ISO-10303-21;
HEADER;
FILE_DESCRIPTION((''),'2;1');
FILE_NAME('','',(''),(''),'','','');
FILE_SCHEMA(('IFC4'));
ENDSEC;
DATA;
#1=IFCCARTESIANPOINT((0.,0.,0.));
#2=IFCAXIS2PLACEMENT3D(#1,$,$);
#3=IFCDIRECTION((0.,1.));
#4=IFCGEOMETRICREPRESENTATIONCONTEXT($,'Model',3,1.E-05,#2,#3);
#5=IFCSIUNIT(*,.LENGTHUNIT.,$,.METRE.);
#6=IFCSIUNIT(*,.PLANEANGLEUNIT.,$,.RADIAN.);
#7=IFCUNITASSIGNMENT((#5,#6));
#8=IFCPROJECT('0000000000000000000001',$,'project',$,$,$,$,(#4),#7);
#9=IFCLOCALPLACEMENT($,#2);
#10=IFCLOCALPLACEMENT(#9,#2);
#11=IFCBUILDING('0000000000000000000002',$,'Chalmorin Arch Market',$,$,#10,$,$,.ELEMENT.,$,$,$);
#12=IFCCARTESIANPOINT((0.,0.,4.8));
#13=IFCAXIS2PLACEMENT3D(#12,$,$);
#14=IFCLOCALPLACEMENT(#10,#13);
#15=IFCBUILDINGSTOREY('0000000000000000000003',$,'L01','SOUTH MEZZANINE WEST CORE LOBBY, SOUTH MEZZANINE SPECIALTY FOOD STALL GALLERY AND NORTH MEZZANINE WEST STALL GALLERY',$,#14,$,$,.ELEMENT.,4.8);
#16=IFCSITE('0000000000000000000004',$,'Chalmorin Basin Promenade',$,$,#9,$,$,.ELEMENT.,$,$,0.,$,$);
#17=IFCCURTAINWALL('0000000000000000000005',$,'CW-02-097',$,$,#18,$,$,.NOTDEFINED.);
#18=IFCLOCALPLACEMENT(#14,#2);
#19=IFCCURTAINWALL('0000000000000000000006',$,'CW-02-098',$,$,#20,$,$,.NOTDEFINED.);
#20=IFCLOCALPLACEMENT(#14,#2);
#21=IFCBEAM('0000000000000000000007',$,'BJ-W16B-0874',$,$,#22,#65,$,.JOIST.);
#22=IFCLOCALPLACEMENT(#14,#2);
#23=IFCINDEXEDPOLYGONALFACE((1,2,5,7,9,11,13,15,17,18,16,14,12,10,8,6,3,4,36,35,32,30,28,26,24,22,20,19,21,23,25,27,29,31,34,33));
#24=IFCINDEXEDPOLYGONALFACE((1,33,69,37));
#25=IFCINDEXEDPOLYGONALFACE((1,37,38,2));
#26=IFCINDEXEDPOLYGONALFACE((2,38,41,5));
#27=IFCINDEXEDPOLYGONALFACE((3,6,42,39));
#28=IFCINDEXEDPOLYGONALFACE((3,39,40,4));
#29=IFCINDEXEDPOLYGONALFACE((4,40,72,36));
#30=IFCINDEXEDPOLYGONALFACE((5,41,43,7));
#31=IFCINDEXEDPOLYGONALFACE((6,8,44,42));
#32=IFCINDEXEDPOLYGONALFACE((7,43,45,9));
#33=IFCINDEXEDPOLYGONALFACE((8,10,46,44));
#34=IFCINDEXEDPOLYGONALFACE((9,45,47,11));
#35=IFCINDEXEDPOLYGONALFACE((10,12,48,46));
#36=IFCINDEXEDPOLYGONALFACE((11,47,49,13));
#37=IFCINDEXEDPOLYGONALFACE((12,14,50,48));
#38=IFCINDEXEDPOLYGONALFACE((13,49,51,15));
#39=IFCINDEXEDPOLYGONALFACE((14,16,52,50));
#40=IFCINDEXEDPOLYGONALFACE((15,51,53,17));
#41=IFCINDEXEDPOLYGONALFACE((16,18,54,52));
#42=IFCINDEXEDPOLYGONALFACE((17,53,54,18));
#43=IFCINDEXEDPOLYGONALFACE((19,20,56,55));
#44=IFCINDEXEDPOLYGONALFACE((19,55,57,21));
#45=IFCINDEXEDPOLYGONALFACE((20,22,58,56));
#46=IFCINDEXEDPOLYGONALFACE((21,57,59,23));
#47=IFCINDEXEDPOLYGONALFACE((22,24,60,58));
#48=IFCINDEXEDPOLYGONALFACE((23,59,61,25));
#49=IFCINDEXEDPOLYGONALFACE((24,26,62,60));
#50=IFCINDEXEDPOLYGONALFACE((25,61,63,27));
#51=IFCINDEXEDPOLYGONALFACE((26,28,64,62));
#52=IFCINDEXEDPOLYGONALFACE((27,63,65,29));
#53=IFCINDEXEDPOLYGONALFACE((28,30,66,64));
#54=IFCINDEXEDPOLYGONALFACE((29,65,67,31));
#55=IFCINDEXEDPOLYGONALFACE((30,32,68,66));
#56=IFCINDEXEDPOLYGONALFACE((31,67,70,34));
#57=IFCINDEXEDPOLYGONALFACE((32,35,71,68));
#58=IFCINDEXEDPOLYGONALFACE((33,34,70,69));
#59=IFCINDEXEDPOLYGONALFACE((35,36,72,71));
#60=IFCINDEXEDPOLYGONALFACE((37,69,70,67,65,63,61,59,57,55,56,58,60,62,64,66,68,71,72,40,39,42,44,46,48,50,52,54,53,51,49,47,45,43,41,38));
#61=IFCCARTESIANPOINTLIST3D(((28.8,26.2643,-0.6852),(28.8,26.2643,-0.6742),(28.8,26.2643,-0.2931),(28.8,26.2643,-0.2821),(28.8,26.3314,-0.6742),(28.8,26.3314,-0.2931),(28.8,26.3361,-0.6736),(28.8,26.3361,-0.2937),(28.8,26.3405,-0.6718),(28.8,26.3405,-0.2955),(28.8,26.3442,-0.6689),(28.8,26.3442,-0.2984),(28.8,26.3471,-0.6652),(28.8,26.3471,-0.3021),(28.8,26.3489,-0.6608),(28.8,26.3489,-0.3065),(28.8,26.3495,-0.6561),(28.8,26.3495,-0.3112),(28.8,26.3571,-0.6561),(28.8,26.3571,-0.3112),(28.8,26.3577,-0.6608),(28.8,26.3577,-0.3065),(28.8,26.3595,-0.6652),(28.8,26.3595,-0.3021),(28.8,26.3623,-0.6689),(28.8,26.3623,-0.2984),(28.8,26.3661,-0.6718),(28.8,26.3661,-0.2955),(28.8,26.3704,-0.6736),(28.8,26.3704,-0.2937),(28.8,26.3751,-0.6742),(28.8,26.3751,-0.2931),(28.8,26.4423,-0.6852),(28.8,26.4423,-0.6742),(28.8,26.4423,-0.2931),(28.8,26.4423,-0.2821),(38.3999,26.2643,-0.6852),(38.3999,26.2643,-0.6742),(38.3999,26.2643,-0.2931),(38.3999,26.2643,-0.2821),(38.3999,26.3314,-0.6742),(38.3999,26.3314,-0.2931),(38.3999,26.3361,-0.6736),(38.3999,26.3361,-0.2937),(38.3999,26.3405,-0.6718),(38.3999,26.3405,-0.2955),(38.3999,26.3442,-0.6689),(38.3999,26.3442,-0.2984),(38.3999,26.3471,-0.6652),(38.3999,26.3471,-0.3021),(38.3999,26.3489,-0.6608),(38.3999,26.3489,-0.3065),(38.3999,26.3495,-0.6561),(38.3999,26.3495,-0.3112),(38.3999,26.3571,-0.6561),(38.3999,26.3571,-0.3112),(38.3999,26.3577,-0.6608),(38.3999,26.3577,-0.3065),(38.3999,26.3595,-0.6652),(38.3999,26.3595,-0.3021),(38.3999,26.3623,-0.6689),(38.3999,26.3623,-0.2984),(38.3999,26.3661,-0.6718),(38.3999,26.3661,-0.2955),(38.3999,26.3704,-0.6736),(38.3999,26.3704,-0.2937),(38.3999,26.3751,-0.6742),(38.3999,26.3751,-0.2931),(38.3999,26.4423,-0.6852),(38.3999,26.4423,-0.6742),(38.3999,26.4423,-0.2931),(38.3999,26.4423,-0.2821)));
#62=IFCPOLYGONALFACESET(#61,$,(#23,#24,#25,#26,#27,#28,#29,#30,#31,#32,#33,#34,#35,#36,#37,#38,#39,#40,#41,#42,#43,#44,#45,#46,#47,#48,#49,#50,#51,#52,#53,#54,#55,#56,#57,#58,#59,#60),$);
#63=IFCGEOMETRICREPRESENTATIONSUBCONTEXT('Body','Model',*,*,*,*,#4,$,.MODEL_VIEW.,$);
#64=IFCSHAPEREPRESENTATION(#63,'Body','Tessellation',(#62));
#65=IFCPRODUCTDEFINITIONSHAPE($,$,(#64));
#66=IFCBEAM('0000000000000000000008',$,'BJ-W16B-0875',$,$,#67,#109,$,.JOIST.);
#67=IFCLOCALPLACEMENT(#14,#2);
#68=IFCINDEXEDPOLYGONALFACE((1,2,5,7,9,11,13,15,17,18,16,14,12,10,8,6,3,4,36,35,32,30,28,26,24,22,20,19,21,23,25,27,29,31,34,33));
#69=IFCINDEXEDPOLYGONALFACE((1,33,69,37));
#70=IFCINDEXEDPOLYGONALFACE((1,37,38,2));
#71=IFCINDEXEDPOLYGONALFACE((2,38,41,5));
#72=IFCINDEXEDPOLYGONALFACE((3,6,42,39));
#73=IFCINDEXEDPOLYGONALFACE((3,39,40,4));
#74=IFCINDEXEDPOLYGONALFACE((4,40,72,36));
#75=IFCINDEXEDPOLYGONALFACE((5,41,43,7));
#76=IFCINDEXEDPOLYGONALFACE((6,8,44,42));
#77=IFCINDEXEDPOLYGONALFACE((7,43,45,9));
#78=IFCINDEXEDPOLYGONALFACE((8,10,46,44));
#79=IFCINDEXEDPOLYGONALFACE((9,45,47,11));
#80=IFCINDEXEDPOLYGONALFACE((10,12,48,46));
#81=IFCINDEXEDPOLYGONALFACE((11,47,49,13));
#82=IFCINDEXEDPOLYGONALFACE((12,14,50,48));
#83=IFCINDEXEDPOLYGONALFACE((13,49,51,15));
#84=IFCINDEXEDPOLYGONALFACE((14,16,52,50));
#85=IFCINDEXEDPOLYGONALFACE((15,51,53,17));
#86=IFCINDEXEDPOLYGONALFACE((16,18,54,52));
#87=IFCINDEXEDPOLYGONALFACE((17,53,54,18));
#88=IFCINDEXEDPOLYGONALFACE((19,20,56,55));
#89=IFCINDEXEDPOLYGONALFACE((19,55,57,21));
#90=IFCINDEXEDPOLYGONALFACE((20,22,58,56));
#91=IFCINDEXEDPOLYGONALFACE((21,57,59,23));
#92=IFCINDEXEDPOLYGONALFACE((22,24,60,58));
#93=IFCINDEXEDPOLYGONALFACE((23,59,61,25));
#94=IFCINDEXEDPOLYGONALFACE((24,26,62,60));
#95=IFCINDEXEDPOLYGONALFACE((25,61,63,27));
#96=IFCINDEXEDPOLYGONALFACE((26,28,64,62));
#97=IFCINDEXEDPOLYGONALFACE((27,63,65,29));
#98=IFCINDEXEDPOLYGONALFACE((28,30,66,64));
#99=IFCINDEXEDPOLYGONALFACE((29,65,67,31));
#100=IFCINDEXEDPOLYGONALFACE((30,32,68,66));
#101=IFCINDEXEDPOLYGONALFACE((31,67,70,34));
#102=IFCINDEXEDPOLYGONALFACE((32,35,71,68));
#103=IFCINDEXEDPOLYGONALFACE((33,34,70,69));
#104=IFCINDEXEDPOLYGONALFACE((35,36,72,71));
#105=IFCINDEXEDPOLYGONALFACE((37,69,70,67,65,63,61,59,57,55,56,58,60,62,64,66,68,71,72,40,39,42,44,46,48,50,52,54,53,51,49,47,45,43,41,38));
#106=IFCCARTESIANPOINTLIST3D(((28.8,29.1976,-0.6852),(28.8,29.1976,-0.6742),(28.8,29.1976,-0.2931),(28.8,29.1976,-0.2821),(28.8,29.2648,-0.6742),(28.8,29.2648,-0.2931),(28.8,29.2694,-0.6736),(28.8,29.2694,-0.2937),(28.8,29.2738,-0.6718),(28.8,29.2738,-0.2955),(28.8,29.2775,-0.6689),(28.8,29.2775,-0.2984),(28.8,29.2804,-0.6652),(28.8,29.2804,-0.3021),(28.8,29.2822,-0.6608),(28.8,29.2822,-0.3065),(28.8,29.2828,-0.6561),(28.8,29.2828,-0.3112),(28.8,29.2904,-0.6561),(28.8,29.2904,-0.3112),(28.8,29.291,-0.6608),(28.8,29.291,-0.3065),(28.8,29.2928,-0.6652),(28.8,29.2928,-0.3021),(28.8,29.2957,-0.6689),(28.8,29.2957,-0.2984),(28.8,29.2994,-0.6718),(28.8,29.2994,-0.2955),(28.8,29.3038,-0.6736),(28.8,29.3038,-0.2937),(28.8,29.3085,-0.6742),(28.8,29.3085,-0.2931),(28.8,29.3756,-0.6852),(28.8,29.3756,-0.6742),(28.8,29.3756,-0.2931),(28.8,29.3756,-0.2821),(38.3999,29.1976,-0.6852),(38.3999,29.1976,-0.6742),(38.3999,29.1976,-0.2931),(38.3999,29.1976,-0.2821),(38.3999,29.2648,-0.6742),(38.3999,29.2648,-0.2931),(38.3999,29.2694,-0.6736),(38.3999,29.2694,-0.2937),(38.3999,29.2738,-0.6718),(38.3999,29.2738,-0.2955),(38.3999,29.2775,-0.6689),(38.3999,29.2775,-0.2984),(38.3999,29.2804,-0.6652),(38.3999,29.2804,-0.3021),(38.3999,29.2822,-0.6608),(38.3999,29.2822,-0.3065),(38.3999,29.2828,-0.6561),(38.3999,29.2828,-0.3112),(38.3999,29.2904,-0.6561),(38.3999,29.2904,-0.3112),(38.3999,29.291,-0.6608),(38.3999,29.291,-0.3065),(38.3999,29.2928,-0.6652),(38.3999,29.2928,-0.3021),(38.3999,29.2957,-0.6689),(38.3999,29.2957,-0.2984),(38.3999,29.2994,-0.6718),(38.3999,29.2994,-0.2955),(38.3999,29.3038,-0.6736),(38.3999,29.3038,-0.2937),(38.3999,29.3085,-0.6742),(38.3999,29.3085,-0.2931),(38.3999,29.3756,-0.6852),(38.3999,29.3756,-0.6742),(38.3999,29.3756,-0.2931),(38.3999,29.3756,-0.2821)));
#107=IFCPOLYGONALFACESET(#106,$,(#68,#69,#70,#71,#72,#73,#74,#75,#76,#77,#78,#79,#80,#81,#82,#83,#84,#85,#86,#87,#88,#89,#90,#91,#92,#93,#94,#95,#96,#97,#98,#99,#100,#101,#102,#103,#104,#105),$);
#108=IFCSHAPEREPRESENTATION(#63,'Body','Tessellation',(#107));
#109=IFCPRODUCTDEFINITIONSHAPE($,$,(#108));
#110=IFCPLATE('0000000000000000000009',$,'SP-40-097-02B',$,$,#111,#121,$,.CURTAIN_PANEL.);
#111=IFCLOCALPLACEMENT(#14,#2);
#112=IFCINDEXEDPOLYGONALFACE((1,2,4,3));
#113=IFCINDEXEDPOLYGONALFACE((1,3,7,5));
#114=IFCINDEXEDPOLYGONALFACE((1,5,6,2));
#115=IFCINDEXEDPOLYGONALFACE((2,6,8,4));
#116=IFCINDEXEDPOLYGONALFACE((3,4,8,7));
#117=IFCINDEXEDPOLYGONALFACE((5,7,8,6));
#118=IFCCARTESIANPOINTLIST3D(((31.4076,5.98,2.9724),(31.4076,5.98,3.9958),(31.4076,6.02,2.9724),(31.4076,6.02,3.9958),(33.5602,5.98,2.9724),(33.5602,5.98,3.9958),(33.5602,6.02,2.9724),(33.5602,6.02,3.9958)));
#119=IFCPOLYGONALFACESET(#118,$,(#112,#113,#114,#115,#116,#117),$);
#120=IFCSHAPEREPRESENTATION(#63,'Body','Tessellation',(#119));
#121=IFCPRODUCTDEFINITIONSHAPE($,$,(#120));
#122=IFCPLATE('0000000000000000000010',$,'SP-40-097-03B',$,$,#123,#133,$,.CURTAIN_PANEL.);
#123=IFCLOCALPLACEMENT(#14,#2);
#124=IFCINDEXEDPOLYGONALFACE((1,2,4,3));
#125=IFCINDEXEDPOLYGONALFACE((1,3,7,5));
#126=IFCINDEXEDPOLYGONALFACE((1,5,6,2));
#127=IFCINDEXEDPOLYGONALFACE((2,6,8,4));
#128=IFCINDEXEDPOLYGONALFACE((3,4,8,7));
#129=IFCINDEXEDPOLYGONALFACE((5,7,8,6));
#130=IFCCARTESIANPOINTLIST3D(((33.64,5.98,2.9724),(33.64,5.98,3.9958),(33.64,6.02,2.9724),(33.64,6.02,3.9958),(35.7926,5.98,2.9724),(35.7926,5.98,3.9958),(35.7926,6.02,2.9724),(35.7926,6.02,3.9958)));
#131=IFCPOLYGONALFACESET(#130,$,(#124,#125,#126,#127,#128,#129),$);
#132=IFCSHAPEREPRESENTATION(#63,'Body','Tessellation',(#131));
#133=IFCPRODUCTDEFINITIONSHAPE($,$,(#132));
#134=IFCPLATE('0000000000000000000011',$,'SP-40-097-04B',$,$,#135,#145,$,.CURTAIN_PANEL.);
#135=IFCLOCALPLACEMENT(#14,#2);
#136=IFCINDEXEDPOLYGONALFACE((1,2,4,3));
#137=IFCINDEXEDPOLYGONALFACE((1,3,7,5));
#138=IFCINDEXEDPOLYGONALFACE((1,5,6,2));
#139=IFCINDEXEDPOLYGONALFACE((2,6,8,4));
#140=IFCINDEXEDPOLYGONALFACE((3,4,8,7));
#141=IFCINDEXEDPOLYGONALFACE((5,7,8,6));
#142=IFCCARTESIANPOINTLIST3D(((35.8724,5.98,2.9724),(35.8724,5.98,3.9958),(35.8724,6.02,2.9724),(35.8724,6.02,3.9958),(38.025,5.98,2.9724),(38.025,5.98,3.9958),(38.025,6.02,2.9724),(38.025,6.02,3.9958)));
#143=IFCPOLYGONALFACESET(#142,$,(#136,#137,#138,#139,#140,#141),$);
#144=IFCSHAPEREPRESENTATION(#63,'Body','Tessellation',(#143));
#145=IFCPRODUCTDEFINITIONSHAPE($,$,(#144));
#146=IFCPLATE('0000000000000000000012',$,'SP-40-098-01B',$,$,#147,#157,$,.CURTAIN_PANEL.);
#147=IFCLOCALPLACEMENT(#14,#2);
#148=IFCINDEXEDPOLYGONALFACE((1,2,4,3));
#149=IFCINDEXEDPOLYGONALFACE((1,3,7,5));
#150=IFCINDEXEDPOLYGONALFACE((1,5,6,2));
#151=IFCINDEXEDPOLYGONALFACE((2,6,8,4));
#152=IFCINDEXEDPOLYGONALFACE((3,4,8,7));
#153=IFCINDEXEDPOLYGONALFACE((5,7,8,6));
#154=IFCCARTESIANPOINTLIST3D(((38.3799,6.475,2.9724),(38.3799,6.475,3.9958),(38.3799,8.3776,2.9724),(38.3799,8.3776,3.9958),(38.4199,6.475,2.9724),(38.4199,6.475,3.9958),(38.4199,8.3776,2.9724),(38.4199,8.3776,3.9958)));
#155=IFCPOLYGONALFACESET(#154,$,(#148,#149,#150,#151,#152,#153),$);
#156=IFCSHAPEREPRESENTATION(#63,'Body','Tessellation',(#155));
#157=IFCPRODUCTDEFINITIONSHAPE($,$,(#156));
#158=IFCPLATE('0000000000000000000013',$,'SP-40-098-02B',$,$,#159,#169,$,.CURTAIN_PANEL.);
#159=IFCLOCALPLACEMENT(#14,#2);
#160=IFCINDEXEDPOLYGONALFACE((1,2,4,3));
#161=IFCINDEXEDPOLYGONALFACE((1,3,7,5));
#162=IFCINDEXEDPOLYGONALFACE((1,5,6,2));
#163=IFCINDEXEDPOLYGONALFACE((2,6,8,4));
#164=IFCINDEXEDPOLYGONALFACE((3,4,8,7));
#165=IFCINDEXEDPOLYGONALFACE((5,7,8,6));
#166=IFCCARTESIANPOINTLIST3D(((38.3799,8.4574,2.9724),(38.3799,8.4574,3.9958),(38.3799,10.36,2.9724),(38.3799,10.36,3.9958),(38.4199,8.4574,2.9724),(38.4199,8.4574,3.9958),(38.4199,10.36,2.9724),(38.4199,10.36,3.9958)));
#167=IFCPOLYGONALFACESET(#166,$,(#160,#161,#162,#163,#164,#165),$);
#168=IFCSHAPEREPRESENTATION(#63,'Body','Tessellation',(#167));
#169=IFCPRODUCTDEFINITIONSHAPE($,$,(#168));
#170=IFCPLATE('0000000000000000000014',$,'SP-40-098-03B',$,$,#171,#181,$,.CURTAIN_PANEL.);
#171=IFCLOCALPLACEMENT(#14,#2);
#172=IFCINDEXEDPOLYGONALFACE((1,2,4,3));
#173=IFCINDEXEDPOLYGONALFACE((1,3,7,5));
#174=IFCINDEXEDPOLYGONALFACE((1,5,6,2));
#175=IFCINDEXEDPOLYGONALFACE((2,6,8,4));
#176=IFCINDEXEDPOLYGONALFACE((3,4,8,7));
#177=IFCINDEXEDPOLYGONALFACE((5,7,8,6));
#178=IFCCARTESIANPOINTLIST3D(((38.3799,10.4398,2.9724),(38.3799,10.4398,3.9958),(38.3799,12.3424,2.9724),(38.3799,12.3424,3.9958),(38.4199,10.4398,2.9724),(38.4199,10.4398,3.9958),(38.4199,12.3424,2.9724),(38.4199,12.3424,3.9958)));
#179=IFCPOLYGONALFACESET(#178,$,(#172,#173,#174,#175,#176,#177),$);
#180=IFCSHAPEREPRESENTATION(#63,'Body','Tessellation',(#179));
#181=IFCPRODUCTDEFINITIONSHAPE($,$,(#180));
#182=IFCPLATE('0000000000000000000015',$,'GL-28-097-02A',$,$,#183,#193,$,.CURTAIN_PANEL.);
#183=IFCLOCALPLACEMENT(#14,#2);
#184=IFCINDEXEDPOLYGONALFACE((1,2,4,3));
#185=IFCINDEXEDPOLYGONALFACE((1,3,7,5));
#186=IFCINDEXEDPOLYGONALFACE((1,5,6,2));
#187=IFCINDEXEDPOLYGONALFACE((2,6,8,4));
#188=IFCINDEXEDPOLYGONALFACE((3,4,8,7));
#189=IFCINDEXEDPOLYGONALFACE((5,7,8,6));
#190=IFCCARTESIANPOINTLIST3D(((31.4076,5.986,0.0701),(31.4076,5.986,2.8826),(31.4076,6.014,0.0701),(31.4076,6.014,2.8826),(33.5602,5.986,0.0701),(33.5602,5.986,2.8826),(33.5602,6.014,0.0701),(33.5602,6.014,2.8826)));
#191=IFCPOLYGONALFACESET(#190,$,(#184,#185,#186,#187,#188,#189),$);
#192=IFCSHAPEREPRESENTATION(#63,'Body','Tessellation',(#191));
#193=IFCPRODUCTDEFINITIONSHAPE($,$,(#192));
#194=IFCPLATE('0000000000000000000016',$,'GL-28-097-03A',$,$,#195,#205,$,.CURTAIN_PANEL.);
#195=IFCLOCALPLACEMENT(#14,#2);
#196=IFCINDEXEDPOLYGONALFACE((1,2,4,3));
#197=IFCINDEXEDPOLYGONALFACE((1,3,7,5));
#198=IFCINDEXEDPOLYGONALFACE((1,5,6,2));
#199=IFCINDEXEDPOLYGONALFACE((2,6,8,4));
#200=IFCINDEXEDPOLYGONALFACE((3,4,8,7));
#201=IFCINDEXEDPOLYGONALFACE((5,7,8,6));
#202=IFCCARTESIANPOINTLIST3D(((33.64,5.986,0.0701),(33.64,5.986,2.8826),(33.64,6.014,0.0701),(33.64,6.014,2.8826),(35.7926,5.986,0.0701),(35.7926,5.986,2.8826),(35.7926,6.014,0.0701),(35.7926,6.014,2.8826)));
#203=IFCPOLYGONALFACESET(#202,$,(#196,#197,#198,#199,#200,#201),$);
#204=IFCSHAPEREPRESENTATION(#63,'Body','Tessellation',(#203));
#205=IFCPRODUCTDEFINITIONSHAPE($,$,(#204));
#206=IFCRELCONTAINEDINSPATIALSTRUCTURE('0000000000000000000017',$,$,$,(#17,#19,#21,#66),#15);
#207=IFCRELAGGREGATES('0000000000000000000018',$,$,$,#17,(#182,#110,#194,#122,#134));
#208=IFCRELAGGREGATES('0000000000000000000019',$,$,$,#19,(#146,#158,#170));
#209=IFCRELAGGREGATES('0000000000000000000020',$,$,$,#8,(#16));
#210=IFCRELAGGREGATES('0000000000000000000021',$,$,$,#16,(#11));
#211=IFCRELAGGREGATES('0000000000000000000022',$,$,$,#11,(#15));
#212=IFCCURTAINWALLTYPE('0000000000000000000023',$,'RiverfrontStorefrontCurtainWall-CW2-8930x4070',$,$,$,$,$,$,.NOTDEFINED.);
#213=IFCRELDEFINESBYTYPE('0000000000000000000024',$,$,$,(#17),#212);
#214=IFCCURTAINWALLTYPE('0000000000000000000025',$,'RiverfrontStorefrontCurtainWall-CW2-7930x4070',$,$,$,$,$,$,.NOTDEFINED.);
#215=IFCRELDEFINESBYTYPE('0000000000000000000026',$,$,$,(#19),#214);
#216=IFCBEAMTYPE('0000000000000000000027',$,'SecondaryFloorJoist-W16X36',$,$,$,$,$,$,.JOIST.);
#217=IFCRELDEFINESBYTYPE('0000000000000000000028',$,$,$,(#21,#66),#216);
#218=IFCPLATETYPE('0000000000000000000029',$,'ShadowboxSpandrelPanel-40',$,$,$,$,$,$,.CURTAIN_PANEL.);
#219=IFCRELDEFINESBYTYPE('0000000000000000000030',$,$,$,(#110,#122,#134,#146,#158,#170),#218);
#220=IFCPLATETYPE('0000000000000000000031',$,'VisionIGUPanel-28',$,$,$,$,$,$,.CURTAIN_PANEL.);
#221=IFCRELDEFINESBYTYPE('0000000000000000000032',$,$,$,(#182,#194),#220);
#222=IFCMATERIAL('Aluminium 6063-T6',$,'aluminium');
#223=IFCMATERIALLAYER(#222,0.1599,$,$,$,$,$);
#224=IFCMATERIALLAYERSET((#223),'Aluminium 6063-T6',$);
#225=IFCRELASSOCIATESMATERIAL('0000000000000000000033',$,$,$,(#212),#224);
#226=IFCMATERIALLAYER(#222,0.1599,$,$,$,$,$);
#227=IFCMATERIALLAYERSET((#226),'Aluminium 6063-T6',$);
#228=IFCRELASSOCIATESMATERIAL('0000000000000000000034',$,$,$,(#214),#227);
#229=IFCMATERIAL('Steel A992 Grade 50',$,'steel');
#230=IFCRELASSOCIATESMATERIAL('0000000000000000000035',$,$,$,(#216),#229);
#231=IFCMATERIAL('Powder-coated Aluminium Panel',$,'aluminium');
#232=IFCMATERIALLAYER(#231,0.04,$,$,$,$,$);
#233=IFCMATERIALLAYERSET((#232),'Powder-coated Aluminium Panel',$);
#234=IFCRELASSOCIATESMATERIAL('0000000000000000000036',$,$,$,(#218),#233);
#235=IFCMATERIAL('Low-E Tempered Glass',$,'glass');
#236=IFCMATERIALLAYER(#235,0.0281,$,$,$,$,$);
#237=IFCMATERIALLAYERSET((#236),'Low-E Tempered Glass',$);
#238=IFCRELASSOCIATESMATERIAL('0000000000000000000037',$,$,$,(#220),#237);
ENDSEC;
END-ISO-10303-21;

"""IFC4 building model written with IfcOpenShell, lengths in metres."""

from ifc_helpers import new_model, si_unit, direction, frame, origin, origin_2d, place, context, subcontext, project, spatial, rectangle, i_section, extrude, material, layer, layer_set, material_profile, profile_set, type_object, element, aggregate, save


model = new_model("IFC4")

# Units and contexts
model_context = context("Model", 3, precision=1e-05, world=origin(), true_north=direction((0.0, 1.0)))
body_context = subcontext(model_context, "Body", "Model", "MODEL_VIEW")
ifc_project = project(units=[si_unit("LENGTHUNIT", "METRE"), si_unit("PLANEANGLEUNIT", "RADIAN")], contexts=[model_context])

# Site, building, storey
site_placement = place(None, origin())
site = spatial("IfcSite", under=ifc_project, at=site_placement, Name="Chalmorin Basin Promenade", CompositionType="ELEMENT", RefElevation=0.0)
building_placement = place(site_placement, origin())
building = spatial("IfcBuilding", under=site, at=building_placement, Name="Chalmorin Arch Market", CompositionType="ELEMENT")
storey_placement = place(building_placement, frame((0.0, 0.0, 4.8)))
storey = spatial("IfcBuildingStorey", under=building, at=storey_placement, Name="L01", Description="SOUTH MEZZANINE WEST CORE LOBBY, SOUTH MEZZANINE SPECIALTY FOOD STALL GALLERY AND NORTH MEZZANINE WEST STALL GALLERY", CompositionType="ELEMENT", Elevation=4.8)

# Shared definitions
ifc_material_1 = material(Name="Steel A992 Grade 50", Category="steel")

# Curtain walls
ifc_material_2 = material(Name="Aluminium 6063-T6", Category="aluminium")
ifc_layer_1 = layer(ifc_material_2, 0.1599)
ifc_layer_set_1 = layer_set([ifc_layer_1], Name="Aluminium 6063-T6")
curtain_wall_type_1 = type_object("IfcCurtainWallType", Name="RiverfrontStorefrontCurtainWall-CW2-8930x4070", PredefinedType="NOTDEFINED", material=ifc_layer_set_1)
curtain_wall_1_placement = place(storey_placement, origin())
curtain_wall_1 = element("IfcCurtainWall", 1, at=curtain_wall_1_placement, inside=storey, type_object=curtain_wall_type_1, Name="CW-02-097", PredefinedType="NOTDEFINED")
ifc_layer_2 = layer(ifc_material_2, 0.1599)
ifc_layer_set_2 = layer_set([ifc_layer_2], Name="Aluminium 6063-T6")
curtain_wall_type_2 = type_object("IfcCurtainWallType", Name="RiverfrontStorefrontCurtainWall-CW2-7930x4070", PredefinedType="NOTDEFINED", material=ifc_layer_set_2)
curtain_wall_2_placement = place(storey_placement, origin())
curtain_wall_2 = element("IfcCurtainWall", 2, at=curtain_wall_2_placement, inside=storey, type_object=curtain_wall_type_2, Name="CW-02-098", PredefinedType="NOTDEFINED")

# Beams
ifc_material_profile_1 = material_profile(ifc_material_1, i_section(OverallWidth=0.178, OverallDepth=0.4031, WebThickness=0.0076, FlangeThickness=0.011, FilletRadius=0.0181, at=origin_2d()), Name="W16X36")
ifc_profile_set_1 = profile_set([ifc_material_profile_1], Name="Steel A992 Grade 50")
beam_type_1 = type_object("IfcBeamType", Name="SecondaryFloorJoist-W16X36", PredefinedType="JOIST", material=ifc_profile_set_1)
for number, where, z_axis, x_axis, name in (
    (3, (28.8, 26.3533, -0.4836), (1.0, 0.0, 0.0), (0.0, 1.0, 0.0), "BJ-W16B-0874"),
    (4, (28.8, 29.2866, -0.4836), (1.0, 0.0, 0.0), (0.0, 1.0, 0.0), "BJ-W16B-0875"),
):
    element("IfcBeam", number, at=place(storey_placement, frame(where, z_axis=z_axis, x_axis=x_axis)), inside=storey, type_object=beam_type_1, Name=name, PredefinedType="JOIST", context=body_context, shape_type="SweptSolid", body=[
        extrude(i_section(OverallWidth=0.178, OverallDepth=0.4031, WebThickness=0.0076, FlangeThickness=0.011, FilletRadius=0.0181, at=origin_2d()), origin(), (0.0, 0.0, 1.0), 9.5999),
    ])

# Plates
ifc_material_3 = material(Name="Powder-coated Aluminium Panel", Category="aluminium")
ifc_layer_3 = layer(ifc_material_3, 0.04)
ifc_layer_set_3 = layer_set([ifc_layer_3], Name="Powder-coated Aluminium Panel")
plate_type_1 = type_object("IfcPlateType", Name="ShadowboxSpandrelPanel-40", PredefinedType="CURTAIN_PANEL", material=ifc_layer_set_3)
plate_1_placement = place(storey_placement, frame((32.4839, 6.0, 2.9724), z_axis=(0.0, 0.0, 1.0), x_axis=(1.0, 0.0, 0.0)))
plate_1 = element("IfcPlate", 5, at=plate_1_placement, type_object=plate_type_1, Name="SP-40-097-02B", PredefinedType="CURTAIN_PANEL", context=body_context, shape_type="SweptSolid", body=[
    extrude(rectangle(XDim=2.1526, YDim=0.04, at=origin_2d()), origin(), (0.0, 0.0, 1.0), 1.0234),
])
plate_2_placement = place(storey_placement, frame((34.7163, 6.0, 2.9724), z_axis=(0.0, 0.0, 1.0), x_axis=(1.0, 0.0, 0.0)))
plate_2 = element("IfcPlate", 6, at=plate_2_placement, type_object=plate_type_1, Name="SP-40-097-03B", PredefinedType="CURTAIN_PANEL", context=body_context, shape_type="SweptSolid", body=[
    extrude(rectangle(XDim=2.1526, YDim=0.04, at=origin_2d()), origin(), (0.0, 0.0, 1.0), 1.0234),
])
plate_3_placement = place(storey_placement, frame((36.9487, 6.0, 2.9724), z_axis=(0.0, 0.0, 1.0), x_axis=(1.0, 0.0, 0.0)))
plate_3 = element("IfcPlate", 7, at=plate_3_placement, type_object=plate_type_1, Name="SP-40-097-04B", PredefinedType="CURTAIN_PANEL", context=body_context, shape_type="SweptSolid", body=[
    extrude(rectangle(XDim=2.1526, YDim=0.04, at=origin_2d()), origin(), (0.0, 0.0, 1.0), 1.0234),
])
plate_4_placement = place(storey_placement, frame((38.3999, 7.4263, 2.9724), z_axis=(0.0, 0.0, 1.0), x_axis=(0.0, 1.0, 0.0)))
plate_4 = element("IfcPlate", 8, at=plate_4_placement, type_object=plate_type_1, Name="SP-40-098-01B", PredefinedType="CURTAIN_PANEL", context=body_context, shape_type="SweptSolid", body=[
    extrude(rectangle(XDim=1.9026, YDim=0.04, at=origin_2d()), origin(), (0.0, 0.0, 1.0), 1.0234),
])
plate_5_placement = place(storey_placement, frame((38.3999, 9.4087, 2.9724), z_axis=(0.0, 0.0, 1.0), x_axis=(0.0, 1.0, 0.0)))
plate_5 = element("IfcPlate", 9, at=plate_5_placement, type_object=plate_type_1, Name="SP-40-098-02B", PredefinedType="CURTAIN_PANEL", context=body_context, shape_type="SweptSolid", body=[
    extrude(rectangle(XDim=1.9026, YDim=0.04, at=origin_2d()), origin(), (0.0, 0.0, 1.0), 1.0234),
])
plate_6_placement = place(storey_placement, frame((38.3999, 11.3911, 2.9724), z_axis=(0.0, 0.0, 1.0), x_axis=(0.0, 1.0, 0.0)))
plate_6 = element("IfcPlate", 10, at=plate_6_placement, type_object=plate_type_1, Name="SP-40-098-03B", PredefinedType="CURTAIN_PANEL", context=body_context, shape_type="SweptSolid", body=[
    extrude(rectangle(XDim=1.9026, YDim=0.04, at=origin_2d()), origin(), (0.0, 0.0, 1.0), 1.0234),
])
ifc_material_4 = material(Name="Low-E Tempered Glass", Category="glass")
ifc_layer_4 = layer(ifc_material_4, 0.0281)
ifc_layer_set_4 = layer_set([ifc_layer_4], Name="Low-E Tempered Glass")
plate_type_2 = type_object("IfcPlateType", Name="VisionIGUPanel-28", PredefinedType="CURTAIN_PANEL", material=ifc_layer_set_4)
plate_7_placement = place(storey_placement, frame((32.4839, 6.0, 0.0701), z_axis=(0.0, 0.0, 1.0), x_axis=(1.0, 0.0, 0.0)))
plate_7 = element("IfcPlate", 11, at=plate_7_placement, type_object=plate_type_2, Name="GL-28-097-02A", PredefinedType="CURTAIN_PANEL", context=body_context, shape_type="SweptSolid", body=[
    extrude(rectangle(XDim=2.1526, YDim=0.0281, at=origin_2d()), origin(), (0.0, 0.0, 1.0), 2.8125),
])
plate_8_placement = place(storey_placement, frame((34.7163, 6.0, 0.0701), z_axis=(0.0, 0.0, 1.0), x_axis=(1.0, 0.0, 0.0)))
plate_8 = element("IfcPlate", 12, at=plate_8_placement, type_object=plate_type_2, Name="GL-28-097-03A", PredefinedType="CURTAIN_PANEL", context=body_context, shape_type="SweptSolid", body=[
    extrude(rectangle(XDim=2.1526, YDim=0.0281, at=origin_2d()), origin(), (0.0, 0.0, 1.0), 2.8125),
])
aggregate(curtain_wall_1, [plate_7, plate_1, plate_8, plate_2, plate_3])
aggregate(curtain_wall_2, [plate_4, plate_5, plate_6])

save(model, "model.ifc")
